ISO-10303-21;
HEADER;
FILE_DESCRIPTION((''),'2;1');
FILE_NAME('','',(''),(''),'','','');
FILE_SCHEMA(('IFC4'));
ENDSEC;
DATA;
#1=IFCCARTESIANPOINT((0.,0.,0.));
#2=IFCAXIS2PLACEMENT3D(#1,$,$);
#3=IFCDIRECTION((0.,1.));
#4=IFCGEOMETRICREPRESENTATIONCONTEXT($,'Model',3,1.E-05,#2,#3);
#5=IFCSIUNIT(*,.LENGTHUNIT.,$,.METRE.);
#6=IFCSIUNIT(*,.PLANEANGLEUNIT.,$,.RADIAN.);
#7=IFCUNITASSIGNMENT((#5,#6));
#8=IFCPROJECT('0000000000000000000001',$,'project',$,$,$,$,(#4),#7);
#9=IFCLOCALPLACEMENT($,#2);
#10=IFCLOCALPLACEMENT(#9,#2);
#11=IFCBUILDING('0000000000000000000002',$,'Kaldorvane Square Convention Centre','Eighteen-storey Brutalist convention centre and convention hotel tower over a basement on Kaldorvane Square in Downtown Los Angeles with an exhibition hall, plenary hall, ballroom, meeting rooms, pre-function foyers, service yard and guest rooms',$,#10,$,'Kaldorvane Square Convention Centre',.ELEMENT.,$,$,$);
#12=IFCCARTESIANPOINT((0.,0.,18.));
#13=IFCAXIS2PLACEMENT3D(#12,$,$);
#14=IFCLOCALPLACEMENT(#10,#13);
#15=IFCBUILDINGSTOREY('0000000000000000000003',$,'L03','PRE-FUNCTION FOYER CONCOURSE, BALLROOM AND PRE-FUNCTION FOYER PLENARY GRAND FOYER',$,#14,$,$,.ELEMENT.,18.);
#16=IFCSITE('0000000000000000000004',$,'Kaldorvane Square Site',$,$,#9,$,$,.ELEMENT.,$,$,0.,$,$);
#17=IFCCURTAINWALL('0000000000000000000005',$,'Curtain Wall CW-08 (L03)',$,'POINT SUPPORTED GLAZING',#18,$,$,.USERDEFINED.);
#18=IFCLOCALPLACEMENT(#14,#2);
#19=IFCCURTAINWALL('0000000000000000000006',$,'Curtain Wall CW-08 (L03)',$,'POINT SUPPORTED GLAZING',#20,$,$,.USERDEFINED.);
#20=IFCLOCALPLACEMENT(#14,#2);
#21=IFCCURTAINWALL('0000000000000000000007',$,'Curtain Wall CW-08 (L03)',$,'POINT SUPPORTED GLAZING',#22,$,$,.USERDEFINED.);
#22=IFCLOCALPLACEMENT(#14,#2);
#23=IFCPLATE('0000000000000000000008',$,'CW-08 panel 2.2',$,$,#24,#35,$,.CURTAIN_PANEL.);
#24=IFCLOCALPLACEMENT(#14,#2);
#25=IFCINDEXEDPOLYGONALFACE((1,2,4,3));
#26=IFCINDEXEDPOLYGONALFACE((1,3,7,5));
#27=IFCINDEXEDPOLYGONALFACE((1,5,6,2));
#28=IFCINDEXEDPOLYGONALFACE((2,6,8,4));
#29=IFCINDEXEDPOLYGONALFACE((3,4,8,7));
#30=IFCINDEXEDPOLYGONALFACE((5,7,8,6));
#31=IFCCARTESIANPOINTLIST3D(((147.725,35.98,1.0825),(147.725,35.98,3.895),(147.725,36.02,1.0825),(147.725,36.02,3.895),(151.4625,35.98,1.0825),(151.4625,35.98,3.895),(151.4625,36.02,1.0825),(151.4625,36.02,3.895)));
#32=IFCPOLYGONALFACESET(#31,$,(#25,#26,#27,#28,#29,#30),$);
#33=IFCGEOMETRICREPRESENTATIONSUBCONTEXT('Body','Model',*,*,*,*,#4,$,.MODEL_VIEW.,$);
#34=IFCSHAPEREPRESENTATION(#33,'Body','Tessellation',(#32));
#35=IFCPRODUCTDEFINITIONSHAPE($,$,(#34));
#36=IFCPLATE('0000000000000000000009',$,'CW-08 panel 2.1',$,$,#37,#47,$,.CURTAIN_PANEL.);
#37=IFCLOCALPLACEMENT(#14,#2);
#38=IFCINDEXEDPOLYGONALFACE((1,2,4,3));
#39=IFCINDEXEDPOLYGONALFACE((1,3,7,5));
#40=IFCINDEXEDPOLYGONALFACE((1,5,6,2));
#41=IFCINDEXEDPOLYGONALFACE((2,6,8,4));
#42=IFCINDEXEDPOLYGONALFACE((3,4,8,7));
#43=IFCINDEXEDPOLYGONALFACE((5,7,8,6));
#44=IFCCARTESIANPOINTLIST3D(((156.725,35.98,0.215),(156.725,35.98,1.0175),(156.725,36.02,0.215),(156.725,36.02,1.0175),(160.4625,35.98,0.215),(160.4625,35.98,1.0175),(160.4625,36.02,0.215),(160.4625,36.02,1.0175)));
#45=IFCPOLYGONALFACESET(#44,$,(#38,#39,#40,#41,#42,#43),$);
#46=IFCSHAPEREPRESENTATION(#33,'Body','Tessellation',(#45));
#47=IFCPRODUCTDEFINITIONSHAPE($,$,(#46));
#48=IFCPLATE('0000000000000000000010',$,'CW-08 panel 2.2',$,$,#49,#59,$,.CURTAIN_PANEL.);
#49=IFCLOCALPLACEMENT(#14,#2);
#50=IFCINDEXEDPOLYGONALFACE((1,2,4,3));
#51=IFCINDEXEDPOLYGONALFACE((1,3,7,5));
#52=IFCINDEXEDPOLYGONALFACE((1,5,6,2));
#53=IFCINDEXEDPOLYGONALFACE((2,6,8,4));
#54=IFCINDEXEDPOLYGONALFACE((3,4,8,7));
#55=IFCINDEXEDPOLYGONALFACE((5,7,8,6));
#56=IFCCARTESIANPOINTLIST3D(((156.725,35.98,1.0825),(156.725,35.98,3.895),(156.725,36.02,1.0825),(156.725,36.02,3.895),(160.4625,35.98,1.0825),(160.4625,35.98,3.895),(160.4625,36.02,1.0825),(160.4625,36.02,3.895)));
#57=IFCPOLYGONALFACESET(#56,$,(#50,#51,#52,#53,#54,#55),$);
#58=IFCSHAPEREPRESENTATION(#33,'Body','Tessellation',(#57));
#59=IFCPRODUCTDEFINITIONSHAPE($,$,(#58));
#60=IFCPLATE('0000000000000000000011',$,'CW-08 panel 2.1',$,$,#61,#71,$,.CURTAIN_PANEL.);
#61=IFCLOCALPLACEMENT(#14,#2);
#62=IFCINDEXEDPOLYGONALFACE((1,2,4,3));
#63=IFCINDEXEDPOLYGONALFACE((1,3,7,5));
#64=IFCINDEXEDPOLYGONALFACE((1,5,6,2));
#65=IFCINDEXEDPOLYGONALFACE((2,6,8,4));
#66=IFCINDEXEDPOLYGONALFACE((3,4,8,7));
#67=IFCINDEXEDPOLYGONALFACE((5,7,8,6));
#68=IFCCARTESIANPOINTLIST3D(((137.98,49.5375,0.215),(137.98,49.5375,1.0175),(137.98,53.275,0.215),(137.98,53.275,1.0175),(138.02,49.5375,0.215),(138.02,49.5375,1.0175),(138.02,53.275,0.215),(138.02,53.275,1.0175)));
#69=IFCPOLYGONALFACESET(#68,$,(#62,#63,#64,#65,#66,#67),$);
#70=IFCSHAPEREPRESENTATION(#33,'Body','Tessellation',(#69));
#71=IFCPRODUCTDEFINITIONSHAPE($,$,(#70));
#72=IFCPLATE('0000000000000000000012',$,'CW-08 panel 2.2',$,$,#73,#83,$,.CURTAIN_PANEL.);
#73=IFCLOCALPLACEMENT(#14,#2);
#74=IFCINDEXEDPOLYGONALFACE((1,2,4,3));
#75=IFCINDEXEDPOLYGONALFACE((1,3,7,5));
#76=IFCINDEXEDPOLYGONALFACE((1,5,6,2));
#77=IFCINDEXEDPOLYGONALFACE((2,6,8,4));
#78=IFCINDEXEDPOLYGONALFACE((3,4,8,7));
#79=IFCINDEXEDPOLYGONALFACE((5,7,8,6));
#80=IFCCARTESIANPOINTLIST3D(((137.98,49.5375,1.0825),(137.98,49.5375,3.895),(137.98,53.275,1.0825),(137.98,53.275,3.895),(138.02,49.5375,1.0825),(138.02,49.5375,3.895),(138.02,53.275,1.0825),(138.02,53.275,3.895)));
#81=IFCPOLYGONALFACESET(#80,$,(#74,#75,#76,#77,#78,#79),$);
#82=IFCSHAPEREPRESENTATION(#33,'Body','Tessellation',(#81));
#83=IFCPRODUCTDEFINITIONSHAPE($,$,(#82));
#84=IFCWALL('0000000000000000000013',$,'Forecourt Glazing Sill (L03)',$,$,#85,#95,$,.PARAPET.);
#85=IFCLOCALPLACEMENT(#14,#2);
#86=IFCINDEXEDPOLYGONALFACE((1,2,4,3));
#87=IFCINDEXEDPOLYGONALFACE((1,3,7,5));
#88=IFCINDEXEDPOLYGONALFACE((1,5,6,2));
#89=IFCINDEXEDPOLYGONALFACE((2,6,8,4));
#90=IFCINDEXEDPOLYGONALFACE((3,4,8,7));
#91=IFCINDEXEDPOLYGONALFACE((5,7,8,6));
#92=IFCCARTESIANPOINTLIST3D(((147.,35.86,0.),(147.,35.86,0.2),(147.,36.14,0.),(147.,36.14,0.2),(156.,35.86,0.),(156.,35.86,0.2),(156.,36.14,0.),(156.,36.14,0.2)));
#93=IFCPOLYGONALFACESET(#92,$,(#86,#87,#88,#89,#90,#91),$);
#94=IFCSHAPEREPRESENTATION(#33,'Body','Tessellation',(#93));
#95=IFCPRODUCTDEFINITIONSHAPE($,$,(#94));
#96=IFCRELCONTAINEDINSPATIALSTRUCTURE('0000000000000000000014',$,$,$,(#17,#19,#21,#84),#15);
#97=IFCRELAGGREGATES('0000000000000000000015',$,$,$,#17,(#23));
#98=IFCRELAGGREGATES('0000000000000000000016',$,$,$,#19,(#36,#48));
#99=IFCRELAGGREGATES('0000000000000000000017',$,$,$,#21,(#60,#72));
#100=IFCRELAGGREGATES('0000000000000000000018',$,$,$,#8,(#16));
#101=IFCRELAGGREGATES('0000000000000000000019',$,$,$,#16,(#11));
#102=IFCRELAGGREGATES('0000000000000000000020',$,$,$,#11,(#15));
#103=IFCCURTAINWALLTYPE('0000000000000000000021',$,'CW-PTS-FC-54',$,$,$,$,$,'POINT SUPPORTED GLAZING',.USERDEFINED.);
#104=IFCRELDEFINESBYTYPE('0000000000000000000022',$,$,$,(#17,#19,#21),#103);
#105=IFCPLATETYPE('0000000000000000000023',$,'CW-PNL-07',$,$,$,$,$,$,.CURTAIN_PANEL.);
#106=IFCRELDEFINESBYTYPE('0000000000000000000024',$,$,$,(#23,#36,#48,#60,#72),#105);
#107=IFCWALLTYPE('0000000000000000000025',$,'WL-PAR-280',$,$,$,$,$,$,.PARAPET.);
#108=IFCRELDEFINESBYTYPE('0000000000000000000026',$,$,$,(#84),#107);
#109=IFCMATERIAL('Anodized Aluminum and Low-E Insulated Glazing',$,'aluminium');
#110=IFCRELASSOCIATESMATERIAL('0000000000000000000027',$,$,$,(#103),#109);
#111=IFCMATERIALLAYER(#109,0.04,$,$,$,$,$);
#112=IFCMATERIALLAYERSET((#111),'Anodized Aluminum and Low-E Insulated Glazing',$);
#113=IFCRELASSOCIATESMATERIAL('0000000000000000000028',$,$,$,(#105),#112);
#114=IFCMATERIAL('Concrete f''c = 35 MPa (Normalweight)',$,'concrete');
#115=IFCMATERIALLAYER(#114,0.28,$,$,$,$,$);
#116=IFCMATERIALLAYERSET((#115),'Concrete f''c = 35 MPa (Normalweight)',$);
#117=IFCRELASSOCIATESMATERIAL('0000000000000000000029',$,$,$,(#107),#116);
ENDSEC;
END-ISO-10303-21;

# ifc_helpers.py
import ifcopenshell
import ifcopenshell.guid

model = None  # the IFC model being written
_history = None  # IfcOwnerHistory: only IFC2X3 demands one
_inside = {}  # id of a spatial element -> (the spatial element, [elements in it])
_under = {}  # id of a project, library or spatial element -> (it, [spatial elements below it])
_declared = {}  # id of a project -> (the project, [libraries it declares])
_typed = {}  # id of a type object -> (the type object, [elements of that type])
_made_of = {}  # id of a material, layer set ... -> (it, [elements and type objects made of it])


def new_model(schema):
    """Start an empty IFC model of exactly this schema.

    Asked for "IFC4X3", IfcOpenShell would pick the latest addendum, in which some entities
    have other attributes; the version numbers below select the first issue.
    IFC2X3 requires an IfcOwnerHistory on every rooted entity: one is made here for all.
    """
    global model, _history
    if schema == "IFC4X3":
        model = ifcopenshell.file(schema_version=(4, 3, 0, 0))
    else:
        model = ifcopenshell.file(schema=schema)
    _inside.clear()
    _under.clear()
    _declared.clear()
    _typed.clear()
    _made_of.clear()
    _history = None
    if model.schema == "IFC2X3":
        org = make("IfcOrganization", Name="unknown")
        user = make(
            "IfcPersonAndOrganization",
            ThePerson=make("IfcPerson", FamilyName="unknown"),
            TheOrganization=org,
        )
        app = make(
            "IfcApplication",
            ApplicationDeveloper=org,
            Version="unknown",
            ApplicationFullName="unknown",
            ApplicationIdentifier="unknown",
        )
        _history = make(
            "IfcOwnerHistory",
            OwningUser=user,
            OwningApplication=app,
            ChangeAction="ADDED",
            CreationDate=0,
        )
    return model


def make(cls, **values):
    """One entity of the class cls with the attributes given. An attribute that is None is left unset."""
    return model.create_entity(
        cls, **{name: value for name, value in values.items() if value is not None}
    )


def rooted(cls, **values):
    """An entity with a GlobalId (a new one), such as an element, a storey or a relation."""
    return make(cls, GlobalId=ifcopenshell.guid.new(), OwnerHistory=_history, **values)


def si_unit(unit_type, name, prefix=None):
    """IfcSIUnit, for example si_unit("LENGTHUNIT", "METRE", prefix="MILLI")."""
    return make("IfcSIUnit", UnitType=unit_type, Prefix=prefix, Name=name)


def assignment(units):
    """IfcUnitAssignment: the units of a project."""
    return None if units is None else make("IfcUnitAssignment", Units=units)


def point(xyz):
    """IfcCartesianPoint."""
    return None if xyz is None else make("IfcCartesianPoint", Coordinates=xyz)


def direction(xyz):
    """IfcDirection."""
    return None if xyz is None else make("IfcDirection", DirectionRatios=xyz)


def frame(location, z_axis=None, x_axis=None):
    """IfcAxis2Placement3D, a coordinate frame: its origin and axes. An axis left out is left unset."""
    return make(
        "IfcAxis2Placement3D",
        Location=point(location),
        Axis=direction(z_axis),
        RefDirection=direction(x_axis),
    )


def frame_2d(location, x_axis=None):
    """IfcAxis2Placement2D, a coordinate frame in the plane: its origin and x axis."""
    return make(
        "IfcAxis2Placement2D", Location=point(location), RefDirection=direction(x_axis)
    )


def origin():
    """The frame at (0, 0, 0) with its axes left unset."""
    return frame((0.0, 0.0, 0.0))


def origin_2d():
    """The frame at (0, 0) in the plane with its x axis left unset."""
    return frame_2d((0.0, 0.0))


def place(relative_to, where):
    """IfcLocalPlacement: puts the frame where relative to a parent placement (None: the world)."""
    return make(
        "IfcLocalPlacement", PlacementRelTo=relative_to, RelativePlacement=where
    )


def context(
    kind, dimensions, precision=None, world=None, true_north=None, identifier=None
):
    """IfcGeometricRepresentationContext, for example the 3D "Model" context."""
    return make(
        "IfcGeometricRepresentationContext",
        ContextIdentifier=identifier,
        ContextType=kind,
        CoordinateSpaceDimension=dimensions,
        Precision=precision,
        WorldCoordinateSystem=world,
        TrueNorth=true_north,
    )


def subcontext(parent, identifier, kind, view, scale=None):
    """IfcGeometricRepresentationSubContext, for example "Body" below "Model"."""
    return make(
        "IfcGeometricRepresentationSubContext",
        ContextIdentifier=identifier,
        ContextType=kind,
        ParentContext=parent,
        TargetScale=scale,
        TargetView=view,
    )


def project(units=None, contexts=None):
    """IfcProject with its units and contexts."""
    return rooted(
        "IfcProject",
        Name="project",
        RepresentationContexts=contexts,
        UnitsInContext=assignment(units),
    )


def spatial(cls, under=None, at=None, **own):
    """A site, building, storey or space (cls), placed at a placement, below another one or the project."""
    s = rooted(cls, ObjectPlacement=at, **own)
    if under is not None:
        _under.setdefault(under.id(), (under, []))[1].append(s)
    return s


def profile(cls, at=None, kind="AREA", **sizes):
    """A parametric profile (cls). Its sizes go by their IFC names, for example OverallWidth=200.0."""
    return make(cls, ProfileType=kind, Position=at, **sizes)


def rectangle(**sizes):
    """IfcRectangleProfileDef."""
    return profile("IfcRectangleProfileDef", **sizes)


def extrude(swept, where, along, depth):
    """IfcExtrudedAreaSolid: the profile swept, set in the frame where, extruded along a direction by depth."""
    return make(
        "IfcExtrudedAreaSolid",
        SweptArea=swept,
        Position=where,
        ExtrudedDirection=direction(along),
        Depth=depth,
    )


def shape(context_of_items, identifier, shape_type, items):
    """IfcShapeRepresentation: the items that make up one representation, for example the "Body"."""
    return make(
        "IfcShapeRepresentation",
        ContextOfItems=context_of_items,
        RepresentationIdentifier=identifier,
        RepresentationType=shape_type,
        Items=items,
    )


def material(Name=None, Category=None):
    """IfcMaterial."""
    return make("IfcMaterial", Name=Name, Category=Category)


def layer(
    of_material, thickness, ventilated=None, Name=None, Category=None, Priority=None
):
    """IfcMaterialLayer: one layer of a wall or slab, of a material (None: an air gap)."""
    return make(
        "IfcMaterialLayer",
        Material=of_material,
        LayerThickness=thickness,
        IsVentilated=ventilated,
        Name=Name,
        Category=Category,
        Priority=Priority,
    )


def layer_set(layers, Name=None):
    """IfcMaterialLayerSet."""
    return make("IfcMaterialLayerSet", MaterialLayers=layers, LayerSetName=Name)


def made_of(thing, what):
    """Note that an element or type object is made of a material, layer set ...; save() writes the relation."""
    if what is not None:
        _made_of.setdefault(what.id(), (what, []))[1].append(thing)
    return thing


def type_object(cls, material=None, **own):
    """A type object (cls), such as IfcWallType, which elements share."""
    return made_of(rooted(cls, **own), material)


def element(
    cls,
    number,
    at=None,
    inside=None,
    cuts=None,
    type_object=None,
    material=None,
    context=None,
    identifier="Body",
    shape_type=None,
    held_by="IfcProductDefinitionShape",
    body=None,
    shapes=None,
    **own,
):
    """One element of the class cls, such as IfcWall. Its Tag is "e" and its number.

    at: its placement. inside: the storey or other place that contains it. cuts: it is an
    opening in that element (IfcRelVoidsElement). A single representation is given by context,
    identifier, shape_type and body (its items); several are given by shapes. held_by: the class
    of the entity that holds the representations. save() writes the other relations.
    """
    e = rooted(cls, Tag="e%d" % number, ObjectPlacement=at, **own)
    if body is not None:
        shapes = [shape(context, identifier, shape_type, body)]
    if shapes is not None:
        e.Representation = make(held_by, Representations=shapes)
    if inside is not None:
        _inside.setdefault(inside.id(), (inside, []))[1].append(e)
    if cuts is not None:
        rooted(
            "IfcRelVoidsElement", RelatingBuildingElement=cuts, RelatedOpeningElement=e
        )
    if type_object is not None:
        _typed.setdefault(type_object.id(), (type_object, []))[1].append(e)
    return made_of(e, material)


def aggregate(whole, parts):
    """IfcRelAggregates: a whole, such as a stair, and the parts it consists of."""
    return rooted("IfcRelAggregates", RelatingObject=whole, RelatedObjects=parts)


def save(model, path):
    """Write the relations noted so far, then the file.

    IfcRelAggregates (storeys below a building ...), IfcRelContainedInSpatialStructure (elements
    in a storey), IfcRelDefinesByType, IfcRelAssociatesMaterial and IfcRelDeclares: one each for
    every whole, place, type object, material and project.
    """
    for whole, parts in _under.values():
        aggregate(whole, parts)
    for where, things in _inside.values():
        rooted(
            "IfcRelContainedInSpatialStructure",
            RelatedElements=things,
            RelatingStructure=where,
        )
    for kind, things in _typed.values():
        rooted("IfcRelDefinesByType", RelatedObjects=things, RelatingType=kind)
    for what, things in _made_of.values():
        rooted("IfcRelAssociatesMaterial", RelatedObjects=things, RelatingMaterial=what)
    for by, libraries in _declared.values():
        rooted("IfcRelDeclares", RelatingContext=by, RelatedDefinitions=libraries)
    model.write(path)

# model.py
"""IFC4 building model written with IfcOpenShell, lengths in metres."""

from ifc_helpers import new_model, si_unit, direction, frame, frame_2d, origin, origin_2d, place, context, subcontext, project, spatial, rectangle, extrude, material, layer, layer_set, type_object, element, aggregate, save


model = new_model("IFC4")

# Units and contexts
model_context = context("Model", 3, precision=1e-05, world=origin(), true_north=direction((0.0, 1.0)))
body_context = subcontext(model_context, "Body", "Model", "MODEL_VIEW")
ifc_project = project(units=[si_unit("LENGTHUNIT", "METRE"), si_unit("PLANEANGLEUNIT", "RADIAN")], contexts=[model_context])

# Site, building, storey
site_placement = place(None, origin())
site = spatial("IfcSite", under=ifc_project, at=site_placement, Name="Kaldorvane Square Site", CompositionType="ELEMENT", RefElevation=0.0)
building_placement = place(site_placement, origin())
building = spatial("IfcBuilding", under=site, at=building_placement, Name="Kaldorvane Square Convention Centre", Description="Eighteen-storey Brutalist convention centre and convention hotel tower over a basement on Kaldorvane Square in Downtown Los Angeles with an exhibition hall, plenary hall, ballroom, meeting rooms, pre-function foyers, service yard and guest rooms", LongName="Kaldorvane Square Convention Centre", CompositionType="ELEMENT")
storey_placement = place(building_placement, frame((0.0, 0.0, 18.0)))
storey = spatial("IfcBuildingStorey", under=building, at=storey_placement, Name="L03", Description="PRE-FUNCTION FOYER CONCOURSE, BALLROOM AND PRE-FUNCTION FOYER PLENARY GRAND FOYER", CompositionType="ELEMENT", Elevation=18.0)

# Curtain wall
ifc_material_1 = material(Name="Anodized Aluminum and Low-E Insulated Glazing", Category="aluminium")
curtain_wall_type = type_object("IfcCurtainWallType", Name="CW-PTS-FC-54", ElementType="POINT SUPPORTED GLAZING", PredefinedType="USERDEFINED", material=ifc_material_1)
curtain_wall_1_placement = place(storey_placement, origin())
curtain_wall_1 = element("IfcCurtainWall", 1, at=curtain_wall_1_placement, inside=storey, type_object=curtain_wall_type, Name="Curtain Wall CW-08 (L03)", ObjectType="POINT SUPPORTED GLAZING", PredefinedType="USERDEFINED")

# Curtain walls
curtain_wall_2_placement = place(storey_placement, origin())
curtain_wall_2 = element("IfcCurtainWall", 2, at=curtain_wall_2_placement, inside=storey, type_object=curtain_wall_type, Name="Curtain Wall CW-08 (L03)", ObjectType="POINT SUPPORTED GLAZING", PredefinedType="USERDEFINED")
curtain_wall_3_placement = place(storey_placement, origin())
curtain_wall_3 = element("IfcCurtainWall", 3, at=curtain_wall_3_placement, inside=storey, type_object=curtain_wall_type, Name="Curtain Wall CW-08 (L03)", ObjectType="POINT SUPPORTED GLAZING", PredefinedType="USERDEFINED")

# Plates
ifc_layer_1 = layer(ifc_material_1, 0.04)
ifc_layer_set_1 = layer_set([ifc_layer_1], Name="Anodized Aluminum and Low-E Insulated Glazing")
plate_type = type_object("IfcPlateType", Name="CW-PNL-07", PredefinedType="CURTAIN_PANEL", material=ifc_layer_set_1)
plate_1_placement = place(storey_placement, frame((149.5938, 36.0, 1.0825), z_axis=(0.0, 0.0, 1.0), x_axis=(-1.0, 0.0, 0.0)))
plate_1 = element("IfcPlate", 4, at=plate_1_placement, type_object=plate_type, Name="CW-08 panel 2.2", PredefinedType="CURTAIN_PANEL", context=body_context, shape_type="SweptSolid", body=[
    extrude(rectangle(XDim=3.7375, YDim=0.04, at=origin_2d()), origin(), (0.0, 0.0, 1.0), 2.8125),
])
aggregate(curtain_wall_1, [plate_1])
plate_2_placement = place(storey_placement, frame((158.5938, 36.0, 0.215), z_axis=(0.0, 0.0, 1.0), x_axis=(-1.0, 0.0, 0.0)))
plate_2 = element("IfcPlate", 5, at=plate_2_placement, type_object=plate_type, Name="CW-08 panel 2.1", PredefinedType="CURTAIN_PANEL", context=body_context, shape_type="SweptSolid", body=[
    extrude(rectangle(XDim=3.7375, YDim=0.04, at=origin_2d()), origin(), (0.0, 0.0, 1.0), 0.8025),
])
plate_3_placement = place(storey_placement, frame((158.5938, 36.0, 1.0825), z_axis=(0.0, 0.0, 1.0), x_axis=(-1.0, 0.0, 0.0)))
plate_3 = element("IfcPlate", 6, at=plate_3_placement, type_object=plate_type, Name="CW-08 panel 2.2", PredefinedType="CURTAIN_PANEL", context=body_context, shape_type="SweptSolid", body=[
    extrude(rectangle(XDim=3.7375, YDim=0.04, at=origin_2d()), origin(), (0.0, 0.0, 1.0), 2.8125),
])
aggregate(curtain_wall_2, [plate_2, plate_3])
plate_4_placement = place(storey_placement, frame((138.0, 51.4062, 0.215), z_axis=(0.0, 0.0, 1.0), x_axis=(0.0, 1.0, 0.0)))
plate_4 = element("IfcPlate", 7, at=plate_4_placement, type_object=plate_type, Name="CW-08 panel 2.1", PredefinedType="CURTAIN_PANEL", context=body_context, shape_type="SweptSolid", body=[
    extrude(rectangle(XDim=3.7375, YDim=0.04, at=origin_2d()), origin(), (0.0, 0.0, 1.0), 0.8025),
])
plate_5_placement = place(storey_placement, frame((138.0, 51.4062, 1.0825), z_axis=(0.0, 0.0, 1.0), x_axis=(0.0, 1.0, 0.0)))
plate_5 = element("IfcPlate", 8, at=plate_5_placement, type_object=plate_type, Name="CW-08 panel 2.2", PredefinedType="CURTAIN_PANEL", context=body_context, shape_type="SweptSolid", body=[
    extrude(rectangle(XDim=3.7375, YDim=0.04, at=origin_2d()), origin(), (0.0, 0.0, 1.0), 2.8125),
])
aggregate(curtain_wall_3, [plate_4, plate_5])

# Wall
ifc_material_2 = material(Name="Concrete f'c = 35 MPa (Normalweight)", Category="concrete")
ifc_layer_2 = layer(ifc_material_2, 0.28)
ifc_layer_set_2 = layer_set([ifc_layer_2], Name="Concrete f'c = 35 MPa (Normalweight)")
wall_type = type_object("IfcWallType", Name="WL-PAR-280", PredefinedType="PARAPET", material=ifc_layer_set_2)
wall_placement = place(storey_placement, frame((156.0, 36.0, 0.0), z_axis=(0.0, 0.0, 1.0), x_axis=(-1.0, 0.0, 0.0)))
element("IfcWall", 9, at=wall_placement, inside=storey, type_object=wall_type, Name="Forecourt Glazing Sill (L03)", PredefinedType="PARAPET", context=body_context, shape_type="SweptSolid", body=[
    extrude(rectangle(XDim=9.0, YDim=0.28, at=frame_2d((4.5, 0.0))), origin(), (0.0, 0.0, 1.0), 0.2),
])

save(model, "model.ifc")
